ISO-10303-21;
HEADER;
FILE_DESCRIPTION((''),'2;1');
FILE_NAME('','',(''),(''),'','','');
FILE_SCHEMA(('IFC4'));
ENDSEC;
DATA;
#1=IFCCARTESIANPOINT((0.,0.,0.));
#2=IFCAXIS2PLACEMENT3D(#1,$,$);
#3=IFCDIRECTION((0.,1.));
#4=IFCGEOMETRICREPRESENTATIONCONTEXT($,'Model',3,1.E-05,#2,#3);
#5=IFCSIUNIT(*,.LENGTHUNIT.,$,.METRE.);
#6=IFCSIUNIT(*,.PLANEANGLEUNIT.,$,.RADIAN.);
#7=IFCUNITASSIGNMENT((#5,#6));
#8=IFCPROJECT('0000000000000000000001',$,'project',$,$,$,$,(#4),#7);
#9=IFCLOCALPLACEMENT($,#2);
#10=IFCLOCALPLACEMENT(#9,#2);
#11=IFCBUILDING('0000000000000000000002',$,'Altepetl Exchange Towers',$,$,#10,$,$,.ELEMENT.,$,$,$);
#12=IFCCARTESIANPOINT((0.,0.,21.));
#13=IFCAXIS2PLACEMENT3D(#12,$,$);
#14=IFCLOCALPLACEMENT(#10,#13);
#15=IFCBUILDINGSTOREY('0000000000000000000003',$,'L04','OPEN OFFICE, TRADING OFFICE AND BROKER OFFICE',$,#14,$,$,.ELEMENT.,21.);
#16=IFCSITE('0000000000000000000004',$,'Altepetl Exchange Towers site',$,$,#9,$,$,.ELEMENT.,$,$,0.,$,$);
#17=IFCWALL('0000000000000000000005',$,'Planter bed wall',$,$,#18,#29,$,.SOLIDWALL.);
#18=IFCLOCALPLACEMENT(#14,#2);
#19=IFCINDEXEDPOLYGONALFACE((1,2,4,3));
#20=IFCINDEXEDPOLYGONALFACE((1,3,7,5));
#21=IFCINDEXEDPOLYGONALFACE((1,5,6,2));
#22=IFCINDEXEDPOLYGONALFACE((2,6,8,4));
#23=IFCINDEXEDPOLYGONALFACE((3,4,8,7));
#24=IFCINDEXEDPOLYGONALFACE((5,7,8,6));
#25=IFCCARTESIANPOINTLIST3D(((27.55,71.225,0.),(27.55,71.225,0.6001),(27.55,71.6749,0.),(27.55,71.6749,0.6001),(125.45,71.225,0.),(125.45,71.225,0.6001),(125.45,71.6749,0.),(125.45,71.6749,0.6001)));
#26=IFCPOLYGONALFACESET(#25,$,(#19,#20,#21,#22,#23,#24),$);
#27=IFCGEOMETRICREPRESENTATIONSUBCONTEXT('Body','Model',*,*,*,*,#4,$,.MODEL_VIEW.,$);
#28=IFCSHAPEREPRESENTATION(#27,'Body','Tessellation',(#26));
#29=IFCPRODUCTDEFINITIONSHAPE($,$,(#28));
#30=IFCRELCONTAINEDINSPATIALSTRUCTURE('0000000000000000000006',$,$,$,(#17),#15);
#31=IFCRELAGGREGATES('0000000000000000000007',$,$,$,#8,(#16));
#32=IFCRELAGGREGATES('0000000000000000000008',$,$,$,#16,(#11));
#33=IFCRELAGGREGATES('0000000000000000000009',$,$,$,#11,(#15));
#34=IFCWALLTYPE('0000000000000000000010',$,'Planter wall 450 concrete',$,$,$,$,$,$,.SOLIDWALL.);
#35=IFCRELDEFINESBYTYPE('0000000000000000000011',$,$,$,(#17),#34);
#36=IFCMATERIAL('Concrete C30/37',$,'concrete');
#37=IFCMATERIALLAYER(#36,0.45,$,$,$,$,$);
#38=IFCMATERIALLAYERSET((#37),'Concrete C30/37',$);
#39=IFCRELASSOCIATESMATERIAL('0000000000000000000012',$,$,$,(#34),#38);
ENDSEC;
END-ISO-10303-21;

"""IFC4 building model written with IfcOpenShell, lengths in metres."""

from ifc_helpers import new_model, si_unit, direction, frame, frame_2d, origin, place, context, subcontext, project, spatial, rectangle, extrude, material, layer, layer_set, type_object, element, save


model = new_model("IFC4")

# Units and contexts
model_context = context("Model", 3, precision=1e-05, world=origin(), true_north=direction((0.0, 1.0)))
body_context = subcontext(model_context, "Body", "Model", "MODEL_VIEW")
ifc_project = project(units=[si_unit("LENGTHUNIT", "METRE"), si_unit("PLANEANGLEUNIT", "RADIAN")], contexts=[model_context])

# Site, building, storey
site_placement = place(None, origin())
site = spatial("IfcSite", under=ifc_project, at=site_placement, Name="Altepetl Exchange Towers site", CompositionType="ELEMENT", RefElevation=0.0)
building_placement = place(site_placement, origin())
building = spatial("IfcBuilding", under=site, at=building_placement, Name="Altepetl Exchange Towers", CompositionType="ELEMENT")
storey_placement = place(building_placement, frame((0.0, 0.0, 21.0)))
storey = spatial("IfcBuildingStorey", under=building, at=storey_placement, Name="L04", Description="OPEN OFFICE, TRADING OFFICE AND BROKER OFFICE", CompositionType="ELEMENT", Elevation=21.0)

# Wall
ifc_material_1 = material(Name="Concrete C30/37", Category="concrete")
ifc_layer_1 = layer(ifc_material_1, 0.45)
ifc_layer_set_1 = layer_set([ifc_layer_1], Name="Concrete C30/37")
wall_type_1 = type_object("IfcWallType", Name="Planter wall 450 concrete", PredefinedType="SOLIDWALL", material=ifc_layer_set_1)
wall_1_placement = place(storey_placement, frame((125.45, 71.45, 0.0), z_axis=(0.0, 0.0, 1.0), x_axis=(-1.0, 0.0, 0.0)))
element("IfcWall", 1, at=wall_1_placement, inside=storey, type_object=wall_type_1, Name="Planter bed wall", PredefinedType="SOLIDWALL", context=body_context, shape_type="SweptSolid", body=[
    extrude(rectangle(XDim=97.8999, YDim=0.45, at=frame_2d((48.95, 0.0))), origin(), (0.0, 0.0, 1.0), 0.6001),
])

save(model, "model.ifc")
